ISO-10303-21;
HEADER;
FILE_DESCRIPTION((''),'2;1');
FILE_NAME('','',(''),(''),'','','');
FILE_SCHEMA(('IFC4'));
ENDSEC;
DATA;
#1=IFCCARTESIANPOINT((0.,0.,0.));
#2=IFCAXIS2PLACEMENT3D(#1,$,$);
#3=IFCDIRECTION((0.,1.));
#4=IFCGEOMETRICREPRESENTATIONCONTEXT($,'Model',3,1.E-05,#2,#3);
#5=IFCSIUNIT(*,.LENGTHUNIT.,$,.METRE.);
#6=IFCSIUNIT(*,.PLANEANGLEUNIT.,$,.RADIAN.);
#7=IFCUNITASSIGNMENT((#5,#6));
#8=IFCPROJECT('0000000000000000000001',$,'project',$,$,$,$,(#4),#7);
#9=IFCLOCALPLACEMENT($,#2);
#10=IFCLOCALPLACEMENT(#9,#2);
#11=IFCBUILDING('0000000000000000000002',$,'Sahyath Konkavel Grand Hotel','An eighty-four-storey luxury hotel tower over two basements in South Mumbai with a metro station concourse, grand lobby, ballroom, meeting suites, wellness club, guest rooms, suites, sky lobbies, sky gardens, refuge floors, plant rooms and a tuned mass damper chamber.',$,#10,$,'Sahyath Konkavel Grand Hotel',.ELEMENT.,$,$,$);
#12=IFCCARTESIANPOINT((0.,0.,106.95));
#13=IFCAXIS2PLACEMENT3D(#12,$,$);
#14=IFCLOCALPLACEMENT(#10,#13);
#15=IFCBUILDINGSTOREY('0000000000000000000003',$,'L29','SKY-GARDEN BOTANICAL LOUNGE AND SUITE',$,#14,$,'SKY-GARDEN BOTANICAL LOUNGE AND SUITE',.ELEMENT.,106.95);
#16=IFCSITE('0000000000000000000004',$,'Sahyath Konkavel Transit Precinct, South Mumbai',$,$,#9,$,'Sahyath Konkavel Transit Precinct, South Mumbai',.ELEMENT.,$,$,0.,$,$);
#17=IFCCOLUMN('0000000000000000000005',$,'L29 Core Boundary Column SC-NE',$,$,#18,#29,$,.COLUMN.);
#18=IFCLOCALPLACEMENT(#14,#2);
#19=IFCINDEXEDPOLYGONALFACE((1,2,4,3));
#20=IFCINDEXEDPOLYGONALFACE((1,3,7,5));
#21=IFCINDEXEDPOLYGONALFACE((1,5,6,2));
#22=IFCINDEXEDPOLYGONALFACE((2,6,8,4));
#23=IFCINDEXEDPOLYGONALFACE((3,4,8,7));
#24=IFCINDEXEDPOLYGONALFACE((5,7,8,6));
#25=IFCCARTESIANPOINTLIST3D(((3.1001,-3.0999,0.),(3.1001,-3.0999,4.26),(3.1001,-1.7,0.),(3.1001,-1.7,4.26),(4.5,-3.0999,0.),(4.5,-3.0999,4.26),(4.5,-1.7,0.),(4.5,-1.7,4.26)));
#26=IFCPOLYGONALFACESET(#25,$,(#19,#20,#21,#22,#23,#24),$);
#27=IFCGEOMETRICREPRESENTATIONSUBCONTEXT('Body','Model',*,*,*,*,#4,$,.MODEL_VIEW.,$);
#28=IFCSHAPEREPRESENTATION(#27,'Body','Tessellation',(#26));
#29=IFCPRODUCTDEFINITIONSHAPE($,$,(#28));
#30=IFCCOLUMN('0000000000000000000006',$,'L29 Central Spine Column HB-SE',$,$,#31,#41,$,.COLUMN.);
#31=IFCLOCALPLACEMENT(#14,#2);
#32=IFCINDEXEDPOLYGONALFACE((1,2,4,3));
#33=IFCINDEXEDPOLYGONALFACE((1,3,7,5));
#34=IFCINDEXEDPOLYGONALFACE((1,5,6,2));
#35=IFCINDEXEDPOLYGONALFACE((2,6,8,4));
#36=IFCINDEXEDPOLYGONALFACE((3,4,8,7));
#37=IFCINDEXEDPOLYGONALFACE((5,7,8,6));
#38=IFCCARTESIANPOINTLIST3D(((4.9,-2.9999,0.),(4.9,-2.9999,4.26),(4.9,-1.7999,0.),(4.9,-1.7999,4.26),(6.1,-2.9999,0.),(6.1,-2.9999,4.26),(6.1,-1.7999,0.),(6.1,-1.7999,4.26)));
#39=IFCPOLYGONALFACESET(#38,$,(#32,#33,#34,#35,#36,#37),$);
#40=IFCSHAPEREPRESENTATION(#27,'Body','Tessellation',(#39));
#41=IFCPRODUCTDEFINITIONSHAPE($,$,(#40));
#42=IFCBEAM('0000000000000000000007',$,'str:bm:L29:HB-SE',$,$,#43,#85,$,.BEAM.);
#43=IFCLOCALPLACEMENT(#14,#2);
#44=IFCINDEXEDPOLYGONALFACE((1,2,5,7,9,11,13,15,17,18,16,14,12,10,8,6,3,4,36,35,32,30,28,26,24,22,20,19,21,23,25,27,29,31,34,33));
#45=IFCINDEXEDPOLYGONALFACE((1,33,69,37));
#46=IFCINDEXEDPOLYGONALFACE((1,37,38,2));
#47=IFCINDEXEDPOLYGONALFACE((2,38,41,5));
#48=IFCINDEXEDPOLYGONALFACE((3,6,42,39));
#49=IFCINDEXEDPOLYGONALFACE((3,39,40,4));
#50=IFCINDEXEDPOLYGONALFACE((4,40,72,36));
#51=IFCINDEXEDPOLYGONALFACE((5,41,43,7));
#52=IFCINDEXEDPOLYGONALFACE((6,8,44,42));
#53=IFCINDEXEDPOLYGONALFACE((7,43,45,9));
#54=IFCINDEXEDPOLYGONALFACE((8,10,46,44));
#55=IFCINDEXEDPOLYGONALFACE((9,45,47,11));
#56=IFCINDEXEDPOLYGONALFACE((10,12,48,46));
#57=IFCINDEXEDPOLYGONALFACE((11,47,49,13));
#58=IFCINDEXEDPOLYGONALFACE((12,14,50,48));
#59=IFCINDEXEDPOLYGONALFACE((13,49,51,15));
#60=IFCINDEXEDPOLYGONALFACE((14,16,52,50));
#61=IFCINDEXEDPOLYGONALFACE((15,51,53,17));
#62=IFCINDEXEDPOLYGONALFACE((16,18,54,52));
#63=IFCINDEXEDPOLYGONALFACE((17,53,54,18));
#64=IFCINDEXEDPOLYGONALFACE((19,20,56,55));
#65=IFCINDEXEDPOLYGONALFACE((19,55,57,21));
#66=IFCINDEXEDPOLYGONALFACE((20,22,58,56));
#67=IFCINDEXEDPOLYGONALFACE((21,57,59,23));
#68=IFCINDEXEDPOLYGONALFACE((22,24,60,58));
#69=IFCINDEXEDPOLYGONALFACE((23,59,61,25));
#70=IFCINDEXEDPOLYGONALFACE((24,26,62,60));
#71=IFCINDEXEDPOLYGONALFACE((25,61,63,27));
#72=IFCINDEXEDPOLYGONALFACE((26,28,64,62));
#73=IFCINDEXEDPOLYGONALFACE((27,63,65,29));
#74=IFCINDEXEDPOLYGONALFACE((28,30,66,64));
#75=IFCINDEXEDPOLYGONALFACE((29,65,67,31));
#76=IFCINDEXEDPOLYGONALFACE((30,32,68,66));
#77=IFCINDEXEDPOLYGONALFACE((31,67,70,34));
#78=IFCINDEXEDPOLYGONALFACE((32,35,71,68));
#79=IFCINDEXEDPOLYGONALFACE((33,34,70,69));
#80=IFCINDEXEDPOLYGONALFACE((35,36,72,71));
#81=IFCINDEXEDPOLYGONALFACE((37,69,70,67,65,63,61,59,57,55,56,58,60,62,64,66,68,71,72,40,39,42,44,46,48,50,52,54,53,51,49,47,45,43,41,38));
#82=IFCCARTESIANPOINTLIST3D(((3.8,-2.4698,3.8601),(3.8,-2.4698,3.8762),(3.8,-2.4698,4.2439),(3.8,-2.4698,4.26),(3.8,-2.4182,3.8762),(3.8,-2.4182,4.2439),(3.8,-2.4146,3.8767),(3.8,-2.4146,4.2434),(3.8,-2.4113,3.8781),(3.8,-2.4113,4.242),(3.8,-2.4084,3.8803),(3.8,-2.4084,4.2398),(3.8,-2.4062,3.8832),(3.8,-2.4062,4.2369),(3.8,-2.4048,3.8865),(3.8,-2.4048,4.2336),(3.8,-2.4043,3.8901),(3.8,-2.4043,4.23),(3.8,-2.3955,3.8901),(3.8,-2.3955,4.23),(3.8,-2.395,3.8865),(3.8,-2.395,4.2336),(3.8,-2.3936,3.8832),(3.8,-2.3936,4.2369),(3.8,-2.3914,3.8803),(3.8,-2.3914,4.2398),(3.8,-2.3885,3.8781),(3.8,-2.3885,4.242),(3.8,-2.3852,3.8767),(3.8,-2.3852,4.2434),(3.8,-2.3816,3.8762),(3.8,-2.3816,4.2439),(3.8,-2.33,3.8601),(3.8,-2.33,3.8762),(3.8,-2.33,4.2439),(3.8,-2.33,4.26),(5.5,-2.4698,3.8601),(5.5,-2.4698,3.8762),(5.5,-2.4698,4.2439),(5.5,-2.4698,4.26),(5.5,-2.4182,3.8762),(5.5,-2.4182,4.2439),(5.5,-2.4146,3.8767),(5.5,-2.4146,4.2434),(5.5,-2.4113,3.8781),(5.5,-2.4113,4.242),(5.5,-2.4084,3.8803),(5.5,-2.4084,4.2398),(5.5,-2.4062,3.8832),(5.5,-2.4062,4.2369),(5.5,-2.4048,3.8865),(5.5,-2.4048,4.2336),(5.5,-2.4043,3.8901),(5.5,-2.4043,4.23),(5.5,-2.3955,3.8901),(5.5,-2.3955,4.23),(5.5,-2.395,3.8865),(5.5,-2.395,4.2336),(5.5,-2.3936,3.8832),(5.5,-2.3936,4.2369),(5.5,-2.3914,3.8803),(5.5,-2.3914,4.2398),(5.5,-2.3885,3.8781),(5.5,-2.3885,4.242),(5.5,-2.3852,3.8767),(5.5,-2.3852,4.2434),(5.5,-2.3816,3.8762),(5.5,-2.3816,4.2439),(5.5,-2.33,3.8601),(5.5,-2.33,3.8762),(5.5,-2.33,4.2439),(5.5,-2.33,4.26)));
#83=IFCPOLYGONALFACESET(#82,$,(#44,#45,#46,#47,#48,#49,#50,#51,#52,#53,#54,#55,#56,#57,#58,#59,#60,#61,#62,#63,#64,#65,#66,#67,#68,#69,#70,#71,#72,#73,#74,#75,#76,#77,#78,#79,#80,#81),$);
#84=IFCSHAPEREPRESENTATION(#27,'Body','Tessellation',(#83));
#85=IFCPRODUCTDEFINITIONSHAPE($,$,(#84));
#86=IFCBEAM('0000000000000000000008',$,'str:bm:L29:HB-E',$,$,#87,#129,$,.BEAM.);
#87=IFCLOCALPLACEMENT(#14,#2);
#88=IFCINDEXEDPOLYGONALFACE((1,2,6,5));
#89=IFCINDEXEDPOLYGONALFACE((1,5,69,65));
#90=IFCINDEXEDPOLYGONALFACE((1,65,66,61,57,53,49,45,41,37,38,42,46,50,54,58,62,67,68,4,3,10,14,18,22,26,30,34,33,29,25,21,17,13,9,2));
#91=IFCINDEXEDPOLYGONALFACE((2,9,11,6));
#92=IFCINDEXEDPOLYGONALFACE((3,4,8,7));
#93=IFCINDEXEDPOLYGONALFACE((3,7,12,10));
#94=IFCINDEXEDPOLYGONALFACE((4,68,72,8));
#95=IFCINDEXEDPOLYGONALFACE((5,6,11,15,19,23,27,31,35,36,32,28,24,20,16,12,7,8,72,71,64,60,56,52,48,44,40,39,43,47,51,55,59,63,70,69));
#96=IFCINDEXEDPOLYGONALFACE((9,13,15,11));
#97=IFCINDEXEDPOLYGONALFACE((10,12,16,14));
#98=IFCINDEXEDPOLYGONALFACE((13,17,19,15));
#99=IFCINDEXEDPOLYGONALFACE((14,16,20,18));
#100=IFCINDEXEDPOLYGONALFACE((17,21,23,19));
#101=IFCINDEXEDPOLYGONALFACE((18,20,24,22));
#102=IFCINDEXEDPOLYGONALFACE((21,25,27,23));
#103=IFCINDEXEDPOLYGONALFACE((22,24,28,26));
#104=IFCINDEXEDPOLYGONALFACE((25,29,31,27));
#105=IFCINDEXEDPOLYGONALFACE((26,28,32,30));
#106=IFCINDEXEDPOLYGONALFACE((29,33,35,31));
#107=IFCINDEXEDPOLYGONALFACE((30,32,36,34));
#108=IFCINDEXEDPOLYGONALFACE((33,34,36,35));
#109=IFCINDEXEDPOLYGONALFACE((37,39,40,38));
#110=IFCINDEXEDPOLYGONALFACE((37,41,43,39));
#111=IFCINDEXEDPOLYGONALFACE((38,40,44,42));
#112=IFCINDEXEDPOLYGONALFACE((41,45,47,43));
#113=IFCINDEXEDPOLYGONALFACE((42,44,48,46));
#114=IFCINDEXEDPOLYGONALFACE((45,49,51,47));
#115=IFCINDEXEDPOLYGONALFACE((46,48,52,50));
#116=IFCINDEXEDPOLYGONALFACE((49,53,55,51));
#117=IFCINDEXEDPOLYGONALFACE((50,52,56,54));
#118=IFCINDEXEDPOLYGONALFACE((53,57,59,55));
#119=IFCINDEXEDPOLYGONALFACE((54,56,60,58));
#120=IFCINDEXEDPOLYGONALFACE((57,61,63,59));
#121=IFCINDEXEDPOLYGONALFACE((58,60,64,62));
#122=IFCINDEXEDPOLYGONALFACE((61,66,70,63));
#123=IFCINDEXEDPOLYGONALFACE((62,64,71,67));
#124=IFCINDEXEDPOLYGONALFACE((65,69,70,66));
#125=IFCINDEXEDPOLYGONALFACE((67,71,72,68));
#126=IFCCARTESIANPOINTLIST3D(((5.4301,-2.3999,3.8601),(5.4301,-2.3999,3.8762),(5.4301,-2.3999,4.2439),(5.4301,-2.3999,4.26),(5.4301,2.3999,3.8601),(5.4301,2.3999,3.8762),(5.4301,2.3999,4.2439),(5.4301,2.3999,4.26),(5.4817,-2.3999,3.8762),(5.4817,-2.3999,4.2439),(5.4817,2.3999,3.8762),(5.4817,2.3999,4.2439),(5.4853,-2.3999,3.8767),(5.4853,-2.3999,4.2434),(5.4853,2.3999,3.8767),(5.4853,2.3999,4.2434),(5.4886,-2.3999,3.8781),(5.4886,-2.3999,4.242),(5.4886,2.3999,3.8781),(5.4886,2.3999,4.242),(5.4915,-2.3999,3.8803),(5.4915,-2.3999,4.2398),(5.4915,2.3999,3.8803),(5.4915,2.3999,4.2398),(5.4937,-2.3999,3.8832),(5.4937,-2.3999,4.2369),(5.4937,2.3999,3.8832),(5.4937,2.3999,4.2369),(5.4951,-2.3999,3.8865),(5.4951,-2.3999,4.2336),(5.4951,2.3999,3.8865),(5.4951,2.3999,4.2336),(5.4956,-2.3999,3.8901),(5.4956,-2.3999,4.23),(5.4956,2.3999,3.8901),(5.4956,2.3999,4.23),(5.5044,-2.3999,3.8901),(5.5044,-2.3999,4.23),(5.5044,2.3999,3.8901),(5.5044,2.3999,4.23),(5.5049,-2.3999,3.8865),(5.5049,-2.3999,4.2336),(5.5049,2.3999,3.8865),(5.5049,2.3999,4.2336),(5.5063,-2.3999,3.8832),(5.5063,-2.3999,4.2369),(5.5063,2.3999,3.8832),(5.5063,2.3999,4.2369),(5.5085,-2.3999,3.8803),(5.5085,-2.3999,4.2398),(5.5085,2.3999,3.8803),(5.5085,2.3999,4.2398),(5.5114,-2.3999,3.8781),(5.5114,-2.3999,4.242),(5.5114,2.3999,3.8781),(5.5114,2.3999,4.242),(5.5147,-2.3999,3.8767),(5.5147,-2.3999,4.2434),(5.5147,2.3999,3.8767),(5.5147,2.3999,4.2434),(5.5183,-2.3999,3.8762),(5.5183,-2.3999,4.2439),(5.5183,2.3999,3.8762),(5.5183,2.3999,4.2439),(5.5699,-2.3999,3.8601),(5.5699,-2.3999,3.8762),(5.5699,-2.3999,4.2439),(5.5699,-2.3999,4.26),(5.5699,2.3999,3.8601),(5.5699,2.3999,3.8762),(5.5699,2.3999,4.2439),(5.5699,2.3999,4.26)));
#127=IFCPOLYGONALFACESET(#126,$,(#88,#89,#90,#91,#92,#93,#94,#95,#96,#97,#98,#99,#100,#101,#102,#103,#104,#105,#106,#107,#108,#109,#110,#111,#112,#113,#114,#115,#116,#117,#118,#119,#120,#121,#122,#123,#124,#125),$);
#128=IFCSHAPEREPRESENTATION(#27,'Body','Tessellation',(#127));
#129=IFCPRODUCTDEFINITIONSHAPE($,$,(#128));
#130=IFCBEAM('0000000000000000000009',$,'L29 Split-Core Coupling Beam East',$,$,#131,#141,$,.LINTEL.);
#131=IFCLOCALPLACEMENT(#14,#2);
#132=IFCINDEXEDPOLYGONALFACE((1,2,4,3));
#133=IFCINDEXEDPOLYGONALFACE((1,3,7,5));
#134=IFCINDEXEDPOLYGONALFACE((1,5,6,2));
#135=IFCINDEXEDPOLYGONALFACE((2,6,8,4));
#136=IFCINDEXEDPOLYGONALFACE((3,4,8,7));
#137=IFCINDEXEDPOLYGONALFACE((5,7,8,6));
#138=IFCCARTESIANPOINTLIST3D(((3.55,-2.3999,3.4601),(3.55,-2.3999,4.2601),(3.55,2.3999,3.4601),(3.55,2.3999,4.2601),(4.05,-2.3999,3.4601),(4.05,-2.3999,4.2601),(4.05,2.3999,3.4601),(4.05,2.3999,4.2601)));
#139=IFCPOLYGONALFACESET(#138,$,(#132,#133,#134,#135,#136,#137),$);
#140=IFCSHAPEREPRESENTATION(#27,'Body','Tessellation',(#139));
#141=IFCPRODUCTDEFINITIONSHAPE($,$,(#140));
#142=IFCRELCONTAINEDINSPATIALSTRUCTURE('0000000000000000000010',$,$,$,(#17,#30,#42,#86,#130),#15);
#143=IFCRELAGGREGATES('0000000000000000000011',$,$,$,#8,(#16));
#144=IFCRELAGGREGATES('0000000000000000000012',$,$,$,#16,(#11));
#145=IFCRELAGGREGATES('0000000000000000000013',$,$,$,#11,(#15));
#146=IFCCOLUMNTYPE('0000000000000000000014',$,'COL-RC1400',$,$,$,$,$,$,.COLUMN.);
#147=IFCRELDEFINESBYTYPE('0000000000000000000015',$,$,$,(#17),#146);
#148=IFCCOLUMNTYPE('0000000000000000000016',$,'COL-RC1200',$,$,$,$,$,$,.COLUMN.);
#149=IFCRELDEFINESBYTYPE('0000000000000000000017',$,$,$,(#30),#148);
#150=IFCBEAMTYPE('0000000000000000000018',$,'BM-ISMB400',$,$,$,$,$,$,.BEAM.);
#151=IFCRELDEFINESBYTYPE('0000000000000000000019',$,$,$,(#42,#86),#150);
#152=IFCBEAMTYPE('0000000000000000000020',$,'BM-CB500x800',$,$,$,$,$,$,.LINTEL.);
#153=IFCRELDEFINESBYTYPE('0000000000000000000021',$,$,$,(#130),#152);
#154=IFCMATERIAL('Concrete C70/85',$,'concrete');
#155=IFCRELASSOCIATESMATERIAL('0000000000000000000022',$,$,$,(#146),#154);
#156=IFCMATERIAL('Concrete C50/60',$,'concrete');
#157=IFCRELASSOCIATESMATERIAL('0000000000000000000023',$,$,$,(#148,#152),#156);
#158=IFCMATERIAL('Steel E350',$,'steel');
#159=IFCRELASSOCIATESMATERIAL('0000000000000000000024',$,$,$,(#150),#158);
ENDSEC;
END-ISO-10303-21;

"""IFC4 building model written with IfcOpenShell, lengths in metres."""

from ifc_helpers import new_model, si_unit, direction, frame, origin, origin_2d, place, context, subcontext, project, spatial, rectangle, i_section, extrude, source, transform, mapped, material, material_profile, profile_set, type_object, element, save


model = new_model("IFC4")

# Units and contexts
model_context = context("Model", 3, precision=1e-05, world=origin(), true_north=direction((0.0, 1.0)))
body_context = subcontext(model_context, "Body", "Model", "MODEL_VIEW")
ifc_project = project(units=[si_unit("LENGTHUNIT", "METRE"), si_unit("PLANEANGLEUNIT", "RADIAN")], contexts=[model_context])

# Site, building, storey
site_placement = place(None, origin())
site = spatial("IfcSite", under=ifc_project, at=site_placement, Name="Sahyath Konkavel Transit Precinct, South Mumbai", LongName="Sahyath Konkavel Transit Precinct, South Mumbai", CompositionType="ELEMENT", RefElevation=0.0)
building_placement = place(site_placement, origin())
building = spatial("IfcBuilding", under=site, at=building_placement, Name="Sahyath Konkavel Grand Hotel", Description="An eighty-four-storey luxury hotel tower over two basements in South Mumbai with a metro station concourse, grand lobby, ballroom, meeting suites, wellness club, guest rooms, suites, sky lobbies, sky gardens, refuge floors, plant rooms and a tuned mass damper chamber.", LongName="Sahyath Konkavel Grand Hotel", CompositionType="ELEMENT")
storey_placement = place(building_placement, frame((0.0, 0.0, 106.95)))
storey = spatial("IfcBuildingStorey", under=building, at=storey_placement, Name="L29", Description="SKY-GARDEN BOTANICAL LOUNGE AND SUITE", LongName="SKY-GARDEN BOTANICAL LOUNGE AND SUITE", CompositionType="ELEMENT", Elevation=106.95)

# Columns
ifc_material_1 = material(Name="Concrete C70/85", Category="concrete")
ifc_material_profile_1 = material_profile(ifc_material_1, rectangle(XDim=1.3999, YDim=1.3999, at=origin_2d()), Name="RC 1400x1400")
ifc_profile_set_1 = profile_set([ifc_material_profile_1], Name="Concrete C70/85")
column_type_1 = type_object("IfcColumnType", Name="COL-RC1400", PredefinedType="COLUMN", material=ifc_profile_set_1)
shared_shape_1 = source(origin(), body_context, "Body", "SweptSolid", [
    extrude(rectangle(XDim=1.3999, YDim=1.3999, at=origin_2d()), origin(), (0.0, 0.0, 1.0), 4.26),
])
column_1_placement = place(storey_placement, frame((3.8, -2.3999, 0.0), z_axis=(0.0, 0.0, 1.0), x_axis=(1.0, 0.0, 0.0)))
element("IfcColumn", 1, at=column_1_placement, inside=storey, type_object=column_type_1, Name="L29 Core Boundary Column SC-NE", PredefinedType="COLUMN", context=body_context, shape_type="MappedRepresentation", body=[
    mapped(shared_shape_1, transform((0.0, 0.0, 0.0), scale=1.0)),
])
ifc_material_2 = material(Name="Concrete C50/60", Category="concrete")
ifc_material_profile_2 = material_profile(ifc_material_2, rectangle(XDim=1.2, YDim=1.2, at=origin_2d()), Name="RC 1200x1200")
ifc_profile_set_2 = profile_set([ifc_material_profile_2], Name="Concrete C50/60")
column_type_2 = type_object("IfcColumnType", Name="COL-RC1200", PredefinedType="COLUMN", material=ifc_profile_set_2)
shared_shape_2 = source(origin(), body_context, "Body", "SweptSolid", [
    extrude(rectangle(XDim=1.2, YDim=1.2, at=origin_2d()), origin(), (0.0, 0.0, 1.0), 4.26),
])
column_2_placement = place(storey_placement, frame((5.5, -2.3999, 0.0), z_axis=(0.0, 0.0, 1.0), x_axis=(1.0, 0.0, 0.0)))
element("IfcColumn", 2, at=column_2_placement, inside=storey, type_object=column_type_2, Name="L29 Central Spine Column HB-SE", PredefinedType="COLUMN", context=body_context, shape_type="MappedRepresentation", body=[
    mapped(shared_shape_2, transform((0.0, 0.0, 0.0), scale=1.0)),
])

# Beams
ifc_material_3 = material(Name="Steel E350", Category="steel")
ifc_material_profile_3 = material_profile(ifc_material_3, i_section(OverallWidth=0.1399, OverallDepth=0.3999, WebThickness=0.0088, FlangeThickness=0.0161, FilletRadius=0.0139, at=origin_2d()), Name="ISMB 400")
ifc_profile_set_3 = profile_set([ifc_material_profile_3], Name="Steel E350")
beam_type_1 = type_object("IfcBeamType", Name="BM-ISMB400", PredefinedType="BEAM", material=ifc_profile_set_3)
shared_shape_3 = source(origin(), body_context, "Body", "SweptSolid", [
    extrude(i_section(OverallWidth=0.1399, OverallDepth=0.3999, WebThickness=0.0088, FlangeThickness=0.0161, FilletRadius=0.0139, at=origin_2d()), origin(), (0.0, 0.0, 1.0), 1.7),
])
beam_1_placement = place(storey_placement, frame((3.8, -2.3999, 4.0601), z_axis=(1.0, 0.0, 0.0), x_axis=(0.0, 1.0, 0.0)))
element("IfcBeam", 3, at=beam_1_placement, inside=storey, type_object=beam_type_1, Name="str:bm:L29:HB-SE", PredefinedType="BEAM", context=body_context, shape_type="MappedRepresentation", body=[
    mapped(shared_shape_3, transform((0.0, 0.0, 0.0), scale=1.0)),
])
shared_shape_4 = source(origin(), body_context, "Body", "SweptSolid", [
    extrude(i_section(OverallWidth=0.1399, OverallDepth=0.3999, WebThickness=0.0088, FlangeThickness=0.0161, FilletRadius=0.0139, at=origin_2d()), origin(), (0.0, 0.0, 1.0), 4.7998),
])
beam_2_placement = place(storey_placement, frame((5.5, -2.3999, 4.0601), z_axis=(0.0, 1.0, 0.0), x_axis=(-1.0, 0.0, 0.0)))
element("IfcBeam", 4, at=beam_2_placement, inside=storey, type_object=beam_type_1, Name="str:bm:L29:HB-E", PredefinedType="BEAM", context=body_context, shape_type="MappedRepresentation", body=[
    mapped(shared_shape_4, transform((0.0, 0.0, 0.0), scale=1.0)),
])
ifc_material_profile_4 = material_profile(ifc_material_2, rectangle(XDim=0.5, YDim=0.8, at=origin_2d()), Name="RC 500x800")
ifc_profile_set_4 = profile_set([ifc_material_profile_4], Name="Concrete C50/60")
beam_type_2 = type_object("IfcBeamType", Name="BM-CB500x800", PredefinedType="LINTEL", material=ifc_profile_set_4)
shared_shape_5 = source(origin(), body_context, "Body", "SweptSolid", [
    extrude(rectangle(XDim=0.5, YDim=0.8, at=origin_2d()), origin(), (0.0, 0.0, 1.0), 4.7998),
])
beam_3_placement = place(storey_placement, frame((3.8, -2.3999, 3.8601), z_axis=(0.0, 1.0, 0.0), x_axis=(-1.0, 0.0, 0.0)))
element("IfcBeam", 5, at=beam_3_placement, inside=storey, type_object=beam_type_2, Name="L29 Split-Core Coupling Beam East", PredefinedType="LINTEL", context=body_context, shape_type="MappedRepresentation", body=[
    mapped(shared_shape_5, transform((0.0, 0.0, 0.0), scale=1.0)),
])

save(model, "model.ifc")
